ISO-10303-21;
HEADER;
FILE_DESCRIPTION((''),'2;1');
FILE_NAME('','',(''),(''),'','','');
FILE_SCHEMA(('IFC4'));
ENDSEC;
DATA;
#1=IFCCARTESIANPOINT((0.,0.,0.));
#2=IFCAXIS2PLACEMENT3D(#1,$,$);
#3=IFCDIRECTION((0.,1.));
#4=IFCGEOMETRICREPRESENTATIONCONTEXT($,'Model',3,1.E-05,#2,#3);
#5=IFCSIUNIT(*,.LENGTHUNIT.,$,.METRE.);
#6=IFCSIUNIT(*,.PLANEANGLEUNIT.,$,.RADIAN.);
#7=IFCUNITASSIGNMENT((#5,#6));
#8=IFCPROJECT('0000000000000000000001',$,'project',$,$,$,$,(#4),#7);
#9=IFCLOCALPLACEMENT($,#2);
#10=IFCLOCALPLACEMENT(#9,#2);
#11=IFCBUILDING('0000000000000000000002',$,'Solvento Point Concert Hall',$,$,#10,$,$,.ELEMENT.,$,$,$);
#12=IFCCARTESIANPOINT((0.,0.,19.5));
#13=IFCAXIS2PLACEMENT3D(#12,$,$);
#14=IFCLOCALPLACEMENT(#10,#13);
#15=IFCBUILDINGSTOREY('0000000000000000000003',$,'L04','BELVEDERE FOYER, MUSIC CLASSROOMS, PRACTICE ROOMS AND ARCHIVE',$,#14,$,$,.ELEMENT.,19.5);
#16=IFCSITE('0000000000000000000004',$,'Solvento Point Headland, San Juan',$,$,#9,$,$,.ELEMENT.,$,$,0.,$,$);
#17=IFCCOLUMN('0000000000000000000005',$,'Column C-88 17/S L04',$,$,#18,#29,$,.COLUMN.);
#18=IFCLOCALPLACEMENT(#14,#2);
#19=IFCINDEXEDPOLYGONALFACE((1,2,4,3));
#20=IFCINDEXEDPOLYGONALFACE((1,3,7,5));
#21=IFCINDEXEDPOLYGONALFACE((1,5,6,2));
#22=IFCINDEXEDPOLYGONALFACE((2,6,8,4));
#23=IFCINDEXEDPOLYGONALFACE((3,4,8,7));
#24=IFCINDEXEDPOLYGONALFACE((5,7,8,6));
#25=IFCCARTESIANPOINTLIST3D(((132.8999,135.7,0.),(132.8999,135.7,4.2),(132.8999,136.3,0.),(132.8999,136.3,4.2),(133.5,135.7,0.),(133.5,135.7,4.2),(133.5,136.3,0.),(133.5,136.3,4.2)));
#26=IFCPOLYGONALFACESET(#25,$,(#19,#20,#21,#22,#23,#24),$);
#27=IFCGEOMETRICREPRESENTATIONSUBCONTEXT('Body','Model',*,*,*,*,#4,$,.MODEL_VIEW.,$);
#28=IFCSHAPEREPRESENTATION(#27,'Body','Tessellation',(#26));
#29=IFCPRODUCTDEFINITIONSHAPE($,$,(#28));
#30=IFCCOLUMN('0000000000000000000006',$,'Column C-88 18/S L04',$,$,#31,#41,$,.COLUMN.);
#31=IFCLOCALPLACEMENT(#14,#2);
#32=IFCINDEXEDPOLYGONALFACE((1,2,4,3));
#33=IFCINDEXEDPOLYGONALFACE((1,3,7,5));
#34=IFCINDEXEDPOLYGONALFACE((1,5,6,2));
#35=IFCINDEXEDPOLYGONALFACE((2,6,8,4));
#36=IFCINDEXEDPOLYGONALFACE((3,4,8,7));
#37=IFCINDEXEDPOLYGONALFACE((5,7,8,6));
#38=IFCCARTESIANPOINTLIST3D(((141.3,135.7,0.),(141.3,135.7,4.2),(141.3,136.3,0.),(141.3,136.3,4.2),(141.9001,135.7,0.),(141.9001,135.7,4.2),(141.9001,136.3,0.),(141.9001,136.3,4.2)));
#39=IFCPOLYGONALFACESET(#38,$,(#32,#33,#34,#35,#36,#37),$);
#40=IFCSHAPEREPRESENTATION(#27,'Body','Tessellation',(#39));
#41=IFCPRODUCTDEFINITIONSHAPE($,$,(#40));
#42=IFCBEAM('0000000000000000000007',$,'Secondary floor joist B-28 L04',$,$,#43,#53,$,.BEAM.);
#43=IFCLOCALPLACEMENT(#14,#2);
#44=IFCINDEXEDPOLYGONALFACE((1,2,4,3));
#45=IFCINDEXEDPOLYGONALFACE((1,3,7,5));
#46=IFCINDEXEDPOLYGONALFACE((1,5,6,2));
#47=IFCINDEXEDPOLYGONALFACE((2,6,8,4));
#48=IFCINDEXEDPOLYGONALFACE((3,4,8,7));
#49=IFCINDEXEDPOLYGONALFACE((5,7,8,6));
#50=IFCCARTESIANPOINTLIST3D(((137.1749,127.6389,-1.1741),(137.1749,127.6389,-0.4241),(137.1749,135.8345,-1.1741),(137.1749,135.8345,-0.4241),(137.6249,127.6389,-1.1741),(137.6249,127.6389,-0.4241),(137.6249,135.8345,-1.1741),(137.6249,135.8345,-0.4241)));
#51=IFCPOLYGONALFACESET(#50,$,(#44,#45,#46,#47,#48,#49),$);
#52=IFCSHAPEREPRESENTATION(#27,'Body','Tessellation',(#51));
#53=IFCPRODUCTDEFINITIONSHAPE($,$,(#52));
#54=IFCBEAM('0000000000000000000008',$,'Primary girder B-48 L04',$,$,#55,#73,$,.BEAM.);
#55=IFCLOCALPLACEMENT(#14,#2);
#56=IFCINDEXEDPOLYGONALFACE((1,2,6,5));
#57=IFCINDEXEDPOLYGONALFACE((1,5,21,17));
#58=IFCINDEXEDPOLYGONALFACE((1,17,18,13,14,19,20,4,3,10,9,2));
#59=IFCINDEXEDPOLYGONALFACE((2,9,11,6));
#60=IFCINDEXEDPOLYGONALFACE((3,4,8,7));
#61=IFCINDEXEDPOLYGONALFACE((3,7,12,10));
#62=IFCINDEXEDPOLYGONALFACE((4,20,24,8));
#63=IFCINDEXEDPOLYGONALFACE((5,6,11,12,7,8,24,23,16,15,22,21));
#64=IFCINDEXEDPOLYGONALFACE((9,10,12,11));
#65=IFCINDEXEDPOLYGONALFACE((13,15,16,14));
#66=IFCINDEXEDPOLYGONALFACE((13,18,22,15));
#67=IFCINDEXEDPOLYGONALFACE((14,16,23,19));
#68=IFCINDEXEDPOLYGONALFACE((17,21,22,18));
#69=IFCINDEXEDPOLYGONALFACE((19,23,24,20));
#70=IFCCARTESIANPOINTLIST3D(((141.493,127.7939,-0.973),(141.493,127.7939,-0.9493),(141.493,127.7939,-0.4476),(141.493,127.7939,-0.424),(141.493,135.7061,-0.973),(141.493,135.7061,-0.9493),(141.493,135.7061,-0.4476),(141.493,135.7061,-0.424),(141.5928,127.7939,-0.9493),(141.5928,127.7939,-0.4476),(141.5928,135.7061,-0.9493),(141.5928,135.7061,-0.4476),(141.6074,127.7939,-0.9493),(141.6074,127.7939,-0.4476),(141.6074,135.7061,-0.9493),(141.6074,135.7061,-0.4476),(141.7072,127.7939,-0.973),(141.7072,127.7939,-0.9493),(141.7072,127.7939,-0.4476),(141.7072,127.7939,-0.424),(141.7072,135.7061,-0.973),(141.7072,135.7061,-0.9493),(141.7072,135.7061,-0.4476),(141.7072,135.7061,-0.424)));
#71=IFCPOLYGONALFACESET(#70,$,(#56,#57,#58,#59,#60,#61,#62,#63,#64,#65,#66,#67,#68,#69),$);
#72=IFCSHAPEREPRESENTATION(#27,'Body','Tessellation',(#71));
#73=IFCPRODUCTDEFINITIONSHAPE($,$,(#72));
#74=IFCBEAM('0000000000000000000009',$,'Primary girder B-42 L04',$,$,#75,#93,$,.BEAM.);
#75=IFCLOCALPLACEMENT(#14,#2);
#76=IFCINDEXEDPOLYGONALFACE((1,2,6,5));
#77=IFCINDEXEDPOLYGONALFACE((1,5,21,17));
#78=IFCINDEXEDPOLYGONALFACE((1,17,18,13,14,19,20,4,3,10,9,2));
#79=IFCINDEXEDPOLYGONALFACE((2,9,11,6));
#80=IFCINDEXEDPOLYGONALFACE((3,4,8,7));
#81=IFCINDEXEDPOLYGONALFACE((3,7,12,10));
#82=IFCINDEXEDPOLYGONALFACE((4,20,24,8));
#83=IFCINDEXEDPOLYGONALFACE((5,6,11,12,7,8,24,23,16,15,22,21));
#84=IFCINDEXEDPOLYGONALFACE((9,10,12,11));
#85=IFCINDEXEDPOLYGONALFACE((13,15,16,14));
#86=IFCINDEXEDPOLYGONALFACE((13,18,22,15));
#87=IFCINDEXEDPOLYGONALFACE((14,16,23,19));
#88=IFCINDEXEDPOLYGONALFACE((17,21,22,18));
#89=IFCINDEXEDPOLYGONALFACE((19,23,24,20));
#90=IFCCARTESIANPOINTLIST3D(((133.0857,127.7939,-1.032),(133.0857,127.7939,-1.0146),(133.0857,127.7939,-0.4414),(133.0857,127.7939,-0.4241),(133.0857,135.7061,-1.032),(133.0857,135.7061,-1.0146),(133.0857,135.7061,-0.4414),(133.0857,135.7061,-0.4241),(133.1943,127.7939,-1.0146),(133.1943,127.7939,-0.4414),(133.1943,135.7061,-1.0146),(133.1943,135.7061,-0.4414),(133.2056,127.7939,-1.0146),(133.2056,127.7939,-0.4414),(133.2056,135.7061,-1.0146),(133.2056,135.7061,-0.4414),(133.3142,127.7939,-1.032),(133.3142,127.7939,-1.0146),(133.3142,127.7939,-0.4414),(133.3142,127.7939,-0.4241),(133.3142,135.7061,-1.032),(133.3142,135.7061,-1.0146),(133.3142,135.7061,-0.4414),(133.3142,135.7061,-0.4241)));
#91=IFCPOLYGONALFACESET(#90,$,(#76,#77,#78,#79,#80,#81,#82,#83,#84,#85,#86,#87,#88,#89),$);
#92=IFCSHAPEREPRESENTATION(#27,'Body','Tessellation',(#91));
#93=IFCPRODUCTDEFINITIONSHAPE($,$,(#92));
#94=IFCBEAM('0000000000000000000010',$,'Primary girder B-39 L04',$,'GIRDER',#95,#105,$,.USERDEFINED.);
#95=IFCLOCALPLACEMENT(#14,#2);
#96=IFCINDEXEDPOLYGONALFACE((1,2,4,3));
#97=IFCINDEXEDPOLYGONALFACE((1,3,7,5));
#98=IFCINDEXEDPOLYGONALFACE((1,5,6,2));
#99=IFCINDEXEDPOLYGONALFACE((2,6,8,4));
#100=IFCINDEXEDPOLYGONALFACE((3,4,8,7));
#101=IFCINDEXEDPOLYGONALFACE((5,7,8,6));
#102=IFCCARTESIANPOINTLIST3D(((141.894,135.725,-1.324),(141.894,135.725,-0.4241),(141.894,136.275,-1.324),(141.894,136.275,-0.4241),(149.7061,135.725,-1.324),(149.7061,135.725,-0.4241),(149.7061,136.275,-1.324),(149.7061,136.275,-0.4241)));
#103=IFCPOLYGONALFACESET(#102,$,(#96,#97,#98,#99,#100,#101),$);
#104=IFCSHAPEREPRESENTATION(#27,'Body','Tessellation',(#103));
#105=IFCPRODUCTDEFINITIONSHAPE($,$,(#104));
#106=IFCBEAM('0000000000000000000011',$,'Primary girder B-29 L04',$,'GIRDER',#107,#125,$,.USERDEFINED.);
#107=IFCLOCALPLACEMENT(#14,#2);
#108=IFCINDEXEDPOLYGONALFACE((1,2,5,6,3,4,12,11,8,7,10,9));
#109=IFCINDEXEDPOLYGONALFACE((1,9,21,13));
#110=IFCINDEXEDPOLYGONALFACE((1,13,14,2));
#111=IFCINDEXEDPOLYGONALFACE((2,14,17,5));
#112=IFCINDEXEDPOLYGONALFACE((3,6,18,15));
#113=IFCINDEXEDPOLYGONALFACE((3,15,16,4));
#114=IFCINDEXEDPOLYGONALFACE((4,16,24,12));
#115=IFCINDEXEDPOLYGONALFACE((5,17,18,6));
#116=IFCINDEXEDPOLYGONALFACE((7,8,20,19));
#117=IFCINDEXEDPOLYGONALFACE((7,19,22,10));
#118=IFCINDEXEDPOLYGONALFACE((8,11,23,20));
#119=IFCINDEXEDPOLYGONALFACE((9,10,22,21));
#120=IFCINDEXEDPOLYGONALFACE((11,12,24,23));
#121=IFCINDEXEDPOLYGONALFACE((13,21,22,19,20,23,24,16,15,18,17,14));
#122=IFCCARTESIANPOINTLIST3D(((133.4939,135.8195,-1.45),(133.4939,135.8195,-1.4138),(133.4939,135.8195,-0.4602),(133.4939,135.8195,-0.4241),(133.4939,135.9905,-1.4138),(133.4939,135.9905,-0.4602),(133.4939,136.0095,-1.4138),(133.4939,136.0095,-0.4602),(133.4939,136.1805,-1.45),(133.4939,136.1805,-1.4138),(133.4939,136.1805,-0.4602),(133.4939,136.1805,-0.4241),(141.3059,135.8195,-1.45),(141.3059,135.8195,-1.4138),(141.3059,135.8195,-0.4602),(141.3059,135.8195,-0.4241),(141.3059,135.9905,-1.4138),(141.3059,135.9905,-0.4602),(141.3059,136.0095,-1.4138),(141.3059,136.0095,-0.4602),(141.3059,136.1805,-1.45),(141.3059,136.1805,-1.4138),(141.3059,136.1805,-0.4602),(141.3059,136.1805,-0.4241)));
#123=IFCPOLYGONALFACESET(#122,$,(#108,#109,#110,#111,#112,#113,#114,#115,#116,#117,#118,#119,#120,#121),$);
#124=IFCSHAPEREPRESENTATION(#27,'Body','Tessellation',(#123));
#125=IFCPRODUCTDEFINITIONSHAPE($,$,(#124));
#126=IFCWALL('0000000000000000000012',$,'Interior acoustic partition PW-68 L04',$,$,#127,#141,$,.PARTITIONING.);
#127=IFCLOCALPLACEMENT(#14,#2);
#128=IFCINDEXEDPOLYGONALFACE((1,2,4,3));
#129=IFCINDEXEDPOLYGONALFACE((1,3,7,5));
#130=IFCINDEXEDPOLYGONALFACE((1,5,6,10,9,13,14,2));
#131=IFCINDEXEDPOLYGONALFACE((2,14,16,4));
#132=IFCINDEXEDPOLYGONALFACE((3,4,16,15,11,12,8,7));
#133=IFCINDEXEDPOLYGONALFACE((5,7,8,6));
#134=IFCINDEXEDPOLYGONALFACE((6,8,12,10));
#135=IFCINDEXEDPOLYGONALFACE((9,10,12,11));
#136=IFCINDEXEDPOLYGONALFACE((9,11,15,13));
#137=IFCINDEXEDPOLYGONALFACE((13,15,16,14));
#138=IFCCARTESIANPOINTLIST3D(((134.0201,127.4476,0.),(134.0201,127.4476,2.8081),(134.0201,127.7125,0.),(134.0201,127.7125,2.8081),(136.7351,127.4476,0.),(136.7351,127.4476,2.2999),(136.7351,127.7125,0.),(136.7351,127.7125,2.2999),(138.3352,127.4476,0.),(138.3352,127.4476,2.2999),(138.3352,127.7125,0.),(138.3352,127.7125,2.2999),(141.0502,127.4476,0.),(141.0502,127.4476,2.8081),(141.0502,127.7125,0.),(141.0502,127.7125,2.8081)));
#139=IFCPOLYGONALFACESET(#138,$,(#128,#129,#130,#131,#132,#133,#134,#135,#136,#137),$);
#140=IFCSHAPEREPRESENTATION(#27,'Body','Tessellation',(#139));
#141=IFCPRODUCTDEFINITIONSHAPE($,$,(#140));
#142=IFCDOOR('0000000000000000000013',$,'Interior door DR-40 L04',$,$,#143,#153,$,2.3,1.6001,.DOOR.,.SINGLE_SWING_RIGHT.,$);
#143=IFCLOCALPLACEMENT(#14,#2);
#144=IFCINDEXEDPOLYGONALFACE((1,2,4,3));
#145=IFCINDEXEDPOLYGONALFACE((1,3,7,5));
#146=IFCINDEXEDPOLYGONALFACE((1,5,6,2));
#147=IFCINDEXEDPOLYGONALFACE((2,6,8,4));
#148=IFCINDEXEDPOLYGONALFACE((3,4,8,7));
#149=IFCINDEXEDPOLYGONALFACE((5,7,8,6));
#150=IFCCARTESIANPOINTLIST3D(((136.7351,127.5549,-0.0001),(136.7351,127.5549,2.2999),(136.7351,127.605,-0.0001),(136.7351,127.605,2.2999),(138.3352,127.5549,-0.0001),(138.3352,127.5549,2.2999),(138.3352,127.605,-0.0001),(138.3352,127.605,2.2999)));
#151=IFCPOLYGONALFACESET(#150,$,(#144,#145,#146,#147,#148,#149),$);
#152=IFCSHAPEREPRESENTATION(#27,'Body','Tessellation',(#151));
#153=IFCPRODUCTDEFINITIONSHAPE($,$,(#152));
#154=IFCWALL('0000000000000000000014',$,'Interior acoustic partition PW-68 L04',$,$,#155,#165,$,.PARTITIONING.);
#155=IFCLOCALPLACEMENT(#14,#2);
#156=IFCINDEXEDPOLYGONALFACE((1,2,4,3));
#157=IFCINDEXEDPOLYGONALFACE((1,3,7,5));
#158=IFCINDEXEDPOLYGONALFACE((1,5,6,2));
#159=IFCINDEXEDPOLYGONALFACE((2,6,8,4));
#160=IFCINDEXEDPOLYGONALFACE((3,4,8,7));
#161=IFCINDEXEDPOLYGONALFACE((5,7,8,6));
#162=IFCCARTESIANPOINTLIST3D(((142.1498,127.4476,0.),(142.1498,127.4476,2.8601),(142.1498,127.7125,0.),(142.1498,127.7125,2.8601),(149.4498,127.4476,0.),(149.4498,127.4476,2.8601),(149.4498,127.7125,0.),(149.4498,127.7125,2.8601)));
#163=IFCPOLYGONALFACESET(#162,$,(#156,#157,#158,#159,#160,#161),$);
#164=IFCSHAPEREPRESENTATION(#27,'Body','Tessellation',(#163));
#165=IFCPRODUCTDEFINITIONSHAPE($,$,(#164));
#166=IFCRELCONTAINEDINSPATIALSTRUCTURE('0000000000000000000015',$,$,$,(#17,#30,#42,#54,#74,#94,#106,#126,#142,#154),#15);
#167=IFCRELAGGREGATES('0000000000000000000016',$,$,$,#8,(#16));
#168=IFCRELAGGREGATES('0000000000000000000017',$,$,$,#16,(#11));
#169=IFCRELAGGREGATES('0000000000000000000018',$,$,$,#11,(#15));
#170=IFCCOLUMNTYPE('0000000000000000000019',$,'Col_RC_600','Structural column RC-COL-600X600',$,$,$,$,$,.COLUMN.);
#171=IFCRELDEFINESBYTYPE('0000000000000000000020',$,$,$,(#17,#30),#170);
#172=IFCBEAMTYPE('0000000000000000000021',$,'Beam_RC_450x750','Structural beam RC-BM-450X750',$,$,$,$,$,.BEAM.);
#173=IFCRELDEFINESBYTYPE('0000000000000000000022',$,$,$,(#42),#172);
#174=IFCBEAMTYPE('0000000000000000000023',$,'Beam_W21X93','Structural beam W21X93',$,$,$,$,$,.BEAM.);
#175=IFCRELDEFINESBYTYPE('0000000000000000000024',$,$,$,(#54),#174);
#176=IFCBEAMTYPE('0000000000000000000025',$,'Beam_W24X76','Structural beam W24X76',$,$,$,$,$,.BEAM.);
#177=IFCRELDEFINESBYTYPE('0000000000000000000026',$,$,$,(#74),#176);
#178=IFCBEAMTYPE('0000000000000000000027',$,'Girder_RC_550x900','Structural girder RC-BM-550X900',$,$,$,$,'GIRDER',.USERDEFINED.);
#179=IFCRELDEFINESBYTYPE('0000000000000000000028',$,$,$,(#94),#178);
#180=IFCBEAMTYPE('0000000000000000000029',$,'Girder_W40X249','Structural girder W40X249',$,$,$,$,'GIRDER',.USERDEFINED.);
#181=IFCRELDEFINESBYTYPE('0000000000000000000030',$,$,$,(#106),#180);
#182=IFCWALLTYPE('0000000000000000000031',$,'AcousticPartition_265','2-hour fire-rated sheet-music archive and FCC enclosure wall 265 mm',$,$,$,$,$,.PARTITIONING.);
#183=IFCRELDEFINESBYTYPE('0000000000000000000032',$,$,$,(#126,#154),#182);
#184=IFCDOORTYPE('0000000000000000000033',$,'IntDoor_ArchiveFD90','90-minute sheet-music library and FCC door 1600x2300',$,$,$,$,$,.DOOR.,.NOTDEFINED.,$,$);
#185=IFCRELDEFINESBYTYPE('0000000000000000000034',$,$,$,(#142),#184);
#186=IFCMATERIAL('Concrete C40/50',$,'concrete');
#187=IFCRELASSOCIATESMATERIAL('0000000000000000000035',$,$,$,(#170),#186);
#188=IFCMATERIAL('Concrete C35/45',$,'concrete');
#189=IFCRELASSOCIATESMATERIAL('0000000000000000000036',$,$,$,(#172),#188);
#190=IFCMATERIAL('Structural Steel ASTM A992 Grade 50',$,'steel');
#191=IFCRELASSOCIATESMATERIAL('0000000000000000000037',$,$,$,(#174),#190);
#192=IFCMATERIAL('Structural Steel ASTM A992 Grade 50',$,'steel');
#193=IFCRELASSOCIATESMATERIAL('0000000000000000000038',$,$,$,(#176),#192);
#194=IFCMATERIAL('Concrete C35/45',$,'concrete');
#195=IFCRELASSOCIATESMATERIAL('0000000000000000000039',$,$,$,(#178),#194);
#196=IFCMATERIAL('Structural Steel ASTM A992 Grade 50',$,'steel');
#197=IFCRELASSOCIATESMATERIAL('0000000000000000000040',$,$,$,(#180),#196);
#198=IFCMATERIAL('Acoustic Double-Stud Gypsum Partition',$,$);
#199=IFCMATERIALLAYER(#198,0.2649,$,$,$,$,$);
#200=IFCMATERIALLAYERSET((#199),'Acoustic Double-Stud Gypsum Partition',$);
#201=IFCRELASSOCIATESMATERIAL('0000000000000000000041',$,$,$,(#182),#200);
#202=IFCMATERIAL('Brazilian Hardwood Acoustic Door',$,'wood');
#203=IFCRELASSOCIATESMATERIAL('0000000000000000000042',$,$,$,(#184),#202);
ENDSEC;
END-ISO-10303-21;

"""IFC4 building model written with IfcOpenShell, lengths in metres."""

from ifc_helpers import new_model, si_unit, direction, frame, frame_2d, origin, origin_2d, place, context, subcontext, project, spatial, rectangle, i_section, extrude, material, layer, layer_set, material_profile, profile_set, type_object, element, fill, save


model = new_model("IFC4")

# Units and contexts
model_context = context("Model", 3, precision=1e-05, world=origin(), true_north=direction((0.0, 1.0)))
body_context = subcontext(model_context, "Body", "Model", "MODEL_VIEW")
ifc_project = project(units=[si_unit("LENGTHUNIT", "METRE"), si_unit("PLANEANGLEUNIT", "RADIAN")], contexts=[model_context])

# Site, building, storey
site_placement = place(None, origin())
site = spatial("IfcSite", under=ifc_project, at=site_placement, Name="Solvento Point Headland, San Juan", CompositionType="ELEMENT", RefElevation=0.0)
building_placement = place(site_placement, origin())
building = spatial("IfcBuilding", under=site, at=building_placement, Name="Solvento Point Concert Hall", CompositionType="ELEMENT")
storey_placement = place(building_placement, frame((0.0, 0.0, 19.5)))
storey = spatial("IfcBuildingStorey", under=building, at=storey_placement, Name="L04", Description="BELVEDERE FOYER, MUSIC CLASSROOMS, PRACTICE ROOMS AND ARCHIVE", CompositionType="ELEMENT", Elevation=19.5)

# Columns
ifc_material_1 = material(Name="Concrete C40/50", Category="concrete")
ifc_material_profile_1 = material_profile(ifc_material_1, rectangle(XDim=0.6001, YDim=0.6001, at=origin_2d()), Name="RC-COL-600X600")
ifc_profile_set_1 = profile_set([ifc_material_profile_1], Name="Concrete C40/50")
column_type = type_object("IfcColumnType", Name="Col_RC_600", Description="Structural column RC-COL-600X600", PredefinedType="COLUMN", material=ifc_profile_set_1)
for number, where, z_axis, x_axis, name in (
    (1, (133.2, 136.0, 0.0), (0.0, 0.0, 1.0), (1.0, 0.0, 0.0), "Column C-88 17/S L04"),
    (2, (141.6001, 136.0, 0.0), (0.0, 0.0, 1.0), (1.0, 0.0, 0.0), "Column C-88 18/S L04"),
):
    element("IfcColumn", number, at=place(storey_placement, frame(where, z_axis=z_axis, x_axis=x_axis)), inside=storey, type_object=column_type, Name=name, PredefinedType="COLUMN", context=body_context, shape_type="SweptSolid", body=[
        extrude(rectangle(XDim=0.6001, YDim=0.6001, at=origin_2d()), origin(), (0.0, 0.0, 1.0), 4.2),
    ])

# Beams
ifc_material_2 = material(Name="Concrete C35/45", Category="concrete")
ifc_material_profile_2 = material_profile(ifc_material_2, rectangle(XDim=0.45, YDim=0.75, at=origin_2d()), Name="RC-BM-450X750")
ifc_profile_set_2 = profile_set([ifc_material_profile_2], Name="Concrete C35/45")
beam_type_1 = type_object("IfcBeamType", Name="Beam_RC_450x750", Description="Structural beam RC-BM-450X750", PredefinedType="BEAM", material=ifc_profile_set_2)
beam_1_placement = place(storey_placement, frame((137.3999, 127.6389, -0.7991), z_axis=(0.0, 1.0, 0.0), x_axis=(-1.0, 0.0, 0.0)))
element("IfcBeam", 3, at=beam_1_placement, inside=storey, type_object=beam_type_1, Name="Secondary floor joist B-28 L04", PredefinedType="BEAM", context=body_context, shape_type="SweptSolid", body=[
    extrude(rectangle(XDim=0.45, YDim=0.75, at=origin_2d()), origin(), (0.0, 0.0, 1.0), 8.1956),
])
ifc_material_3 = material(Name="Structural Steel ASTM A992 Grade 50", Category="steel")
ifc_material_profile_3 = material_profile(ifc_material_3, i_section(OverallWidth=0.2141, OverallDepth=0.5491, WebThickness=0.0146, FlangeThickness=0.0237, at=origin_2d()), Name="W21X93")
ifc_profile_set_3 = profile_set([ifc_material_profile_3], Name="Structural Steel ASTM A992 Grade 50")
beam_type_2 = type_object("IfcBeamType", Name="Beam_W21X93", Description="Structural beam W21X93", PredefinedType="BEAM", material=ifc_profile_set_3)
beam_2_placement = place(storey_placement, frame((141.6001, 127.7939, -0.6985), z_axis=(0.0, 1.0, 0.0), x_axis=(-1.0, 0.0, 0.0)))
element("IfcBeam", 4, at=beam_2_placement, inside=storey, type_object=beam_type_2, Name="Primary girder B-48 L04", PredefinedType="BEAM", context=body_context, shape_type="SweptSolid", body=[
    extrude(i_section(OverallWidth=0.2141, OverallDepth=0.5491, WebThickness=0.0146, FlangeThickness=0.0237, at=origin_2d()), origin(), (0.0, 0.0, 1.0), 7.9121),
])
ifc_material_4 = material(Name="Structural Steel ASTM A992 Grade 50", Category="steel")
ifc_material_profile_4 = material_profile(ifc_material_4, i_section(OverallWidth=0.2285, OverallDepth=0.6079, WebThickness=0.0112, FlangeThickness=0.0173, at=origin_2d()), Name="W24X76")
ifc_profile_set_4 = profile_set([ifc_material_profile_4], Name="Structural Steel ASTM A992 Grade 50")
beam_type_3 = type_object("IfcBeamType", Name="Beam_W24X76", Description="Structural beam W24X76", PredefinedType="BEAM", material=ifc_profile_set_4)
beam_3_placement = place(storey_placement, frame((133.2, 127.7939, -0.728), z_axis=(0.0, 1.0, 0.0), x_axis=(-1.0, 0.0, 0.0)))
element("IfcBeam", 5, at=beam_3_placement, inside=storey, type_object=beam_type_3, Name="Primary girder B-42 L04", PredefinedType="BEAM", context=body_context, shape_type="SweptSolid", body=[
    extrude(i_section(OverallWidth=0.2285, OverallDepth=0.6079, WebThickness=0.0112, FlangeThickness=0.0173, at=origin_2d()), origin(), (0.0, 0.0, 1.0), 7.9121),
])
ifc_material_5 = material(Name="Concrete C35/45", Category="concrete")
ifc_material_profile_5 = material_profile(ifc_material_5, rectangle(XDim=0.55, YDim=0.8999, at=origin_2d()), Name="RC-BM-550X900")
ifc_profile_set_5 = profile_set([ifc_material_profile_5], Name="Concrete C35/45")
beam_type_4 = type_object("IfcBeamType", Name="Girder_RC_550x900", Description="Structural girder RC-BM-550X900", ElementType="GIRDER", PredefinedType="USERDEFINED", material=ifc_profile_set_5)
beam_4_placement = place(storey_placement, frame((141.894, 136.0, -0.874), z_axis=(1.0, 0.0, 0.0), x_axis=(0.0, 1.0, 0.0)))
element("IfcBeam", 6, at=beam_4_placement, inside=storey, type_object=beam_type_4, Name="Primary girder B-39 L04", ObjectType="GIRDER", PredefinedType="USERDEFINED", context=body_context, shape_type="SweptSolid", body=[
    extrude(rectangle(XDim=0.55, YDim=0.8999, at=origin_2d()), origin(), (0.0, 0.0, 1.0), 7.812),
])
ifc_material_6 = material(Name="Structural Steel ASTM A992 Grade 50", Category="steel")
ifc_material_profile_6 = material_profile(ifc_material_6, i_section(OverallWidth=0.3611, OverallDepth=1.0259, WebThickness=0.019, FlangeThickness=0.0361, at=origin_2d()), Name="W40X249")
ifc_profile_set_6 = profile_set([ifc_material_profile_6], Name="Structural Steel ASTM A992 Grade 50")
beam_type_5 = type_object("IfcBeamType", Name="Girder_W40X249", Description="Structural girder W40X249", ElementType="GIRDER", PredefinedType="USERDEFINED", material=ifc_profile_set_6)
beam_5_placement = place(storey_placement, frame((133.4939, 136.0, -0.937), z_axis=(1.0, 0.0, 0.0), x_axis=(0.0, 1.0, 0.0)))
element("IfcBeam", 7, at=beam_5_placement, inside=storey, type_object=beam_type_5, Name="Primary girder B-29 L04", ObjectType="GIRDER", PredefinedType="USERDEFINED", context=body_context, shape_type="SweptSolid", body=[
    extrude(i_section(OverallWidth=0.3611, OverallDepth=1.0259, WebThickness=0.019, FlangeThickness=0.0361, at=origin_2d()), origin(), (0.0, 0.0, 1.0), 7.812),
])

# Wall, opening, door
ifc_material_7 = material(Name="Acoustic Double-Stud Gypsum Partition")
ifc_layer_1 = layer(ifc_material_7, 0.2649)
ifc_layer_set_1 = layer_set([ifc_layer_1], Name="Acoustic Double-Stud Gypsum Partition")
wall_type_1 = type_object("IfcWallType", Name="AcousticPartition_265", Description="2-hour fire-rated sheet-music archive and FCC enclosure wall 265 mm", PredefinedType="PARTITIONING", material=ifc_layer_set_1)
wall_1_placement = place(storey_placement, frame((134.02, 127.5801, 0.0), z_axis=(0.0, 0.0, 1.0), x_axis=(1.0, 0.0, 0.0)))
wall_1 = element("IfcWall", 8, at=wall_1_placement, inside=storey, type_object=wall_type_1, Name="Interior acoustic partition PW-68 L04", PredefinedType="PARTITIONING", context=body_context, shape_type="SweptSolid", body=[
    extrude(rectangle(XDim=7.03, YDim=0.2649, at=frame_2d((3.5151, 0.0))), origin(), (0.0, 0.0, 1.0), 2.8081),
])
opening_1_placement = place(wall_1_placement, frame((2.7151, 0.0, 0.0)))
opening_1 = element("IfcOpeningElement", 9, at=opening_1_placement, cuts=wall_1, PredefinedType="OPENING", context=body_context, shape_type="SweptSolid", body=[
    extrude(rectangle(XDim=1.6001, YDim=2.3, at=frame_2d((0.8, 1.1499))), frame((0.0, 0.1423, 0.0), z_axis=(0.0, -1.0, 0.0), x_axis=(1.0, 0.0, 0.0)), (0.0, 0.0, 1.0), 0.2849),
])
ifc_material_8 = material(Name="Brazilian Hardwood Acoustic Door", Category="wood")
door_type_1 = type_object("IfcDoorType", Name="IntDoor_ArchiveFD90", Description="90-minute sheet-music library and FCC door 1600x2300", OperationType="NOTDEFINED", PredefinedType="DOOR", material=ifc_material_8)
door_1_placement = place(opening_1_placement, origin())
door_1 = element("IfcDoor", 10, at=door_1_placement, inside=storey, type_object=door_type_1, Name="Interior door DR-40 L04", OperationType="SINGLE_SWING_RIGHT", OverallHeight=2.3, OverallWidth=1.6001, PredefinedType="DOOR", context=body_context, shape_type="SweptSolid", body=[
    extrude(rectangle(XDim=1.6001, YDim=2.3, at=frame_2d((0.8, 1.1499))), frame((0.0, 0.0249, 0.0), z_axis=(0.0, -1.0, 0.0), x_axis=(1.0, 0.0, 0.0)), (0.0, 0.0, 1.0), 0.05),
])
fill(opening_1, door_1)

# Wall
wall_2_placement = place(storey_placement, frame((142.1499, 127.5801, 0.0), z_axis=(0.0, 0.0, 1.0), x_axis=(1.0, 0.0, 0.0)))
element("IfcWall", 11, at=wall_2_placement, inside=storey, type_object=wall_type_1, Name="Interior acoustic partition PW-68 L04", PredefinedType="PARTITIONING", context=body_context, shape_type="SweptSolid", body=[
    extrude(rectangle(XDim=7.3, YDim=0.2649, at=frame_2d((3.6499, 0.0))), origin(), (0.0, 0.0, 1.0), 2.8601),
])

save(model, "model.ifc")
